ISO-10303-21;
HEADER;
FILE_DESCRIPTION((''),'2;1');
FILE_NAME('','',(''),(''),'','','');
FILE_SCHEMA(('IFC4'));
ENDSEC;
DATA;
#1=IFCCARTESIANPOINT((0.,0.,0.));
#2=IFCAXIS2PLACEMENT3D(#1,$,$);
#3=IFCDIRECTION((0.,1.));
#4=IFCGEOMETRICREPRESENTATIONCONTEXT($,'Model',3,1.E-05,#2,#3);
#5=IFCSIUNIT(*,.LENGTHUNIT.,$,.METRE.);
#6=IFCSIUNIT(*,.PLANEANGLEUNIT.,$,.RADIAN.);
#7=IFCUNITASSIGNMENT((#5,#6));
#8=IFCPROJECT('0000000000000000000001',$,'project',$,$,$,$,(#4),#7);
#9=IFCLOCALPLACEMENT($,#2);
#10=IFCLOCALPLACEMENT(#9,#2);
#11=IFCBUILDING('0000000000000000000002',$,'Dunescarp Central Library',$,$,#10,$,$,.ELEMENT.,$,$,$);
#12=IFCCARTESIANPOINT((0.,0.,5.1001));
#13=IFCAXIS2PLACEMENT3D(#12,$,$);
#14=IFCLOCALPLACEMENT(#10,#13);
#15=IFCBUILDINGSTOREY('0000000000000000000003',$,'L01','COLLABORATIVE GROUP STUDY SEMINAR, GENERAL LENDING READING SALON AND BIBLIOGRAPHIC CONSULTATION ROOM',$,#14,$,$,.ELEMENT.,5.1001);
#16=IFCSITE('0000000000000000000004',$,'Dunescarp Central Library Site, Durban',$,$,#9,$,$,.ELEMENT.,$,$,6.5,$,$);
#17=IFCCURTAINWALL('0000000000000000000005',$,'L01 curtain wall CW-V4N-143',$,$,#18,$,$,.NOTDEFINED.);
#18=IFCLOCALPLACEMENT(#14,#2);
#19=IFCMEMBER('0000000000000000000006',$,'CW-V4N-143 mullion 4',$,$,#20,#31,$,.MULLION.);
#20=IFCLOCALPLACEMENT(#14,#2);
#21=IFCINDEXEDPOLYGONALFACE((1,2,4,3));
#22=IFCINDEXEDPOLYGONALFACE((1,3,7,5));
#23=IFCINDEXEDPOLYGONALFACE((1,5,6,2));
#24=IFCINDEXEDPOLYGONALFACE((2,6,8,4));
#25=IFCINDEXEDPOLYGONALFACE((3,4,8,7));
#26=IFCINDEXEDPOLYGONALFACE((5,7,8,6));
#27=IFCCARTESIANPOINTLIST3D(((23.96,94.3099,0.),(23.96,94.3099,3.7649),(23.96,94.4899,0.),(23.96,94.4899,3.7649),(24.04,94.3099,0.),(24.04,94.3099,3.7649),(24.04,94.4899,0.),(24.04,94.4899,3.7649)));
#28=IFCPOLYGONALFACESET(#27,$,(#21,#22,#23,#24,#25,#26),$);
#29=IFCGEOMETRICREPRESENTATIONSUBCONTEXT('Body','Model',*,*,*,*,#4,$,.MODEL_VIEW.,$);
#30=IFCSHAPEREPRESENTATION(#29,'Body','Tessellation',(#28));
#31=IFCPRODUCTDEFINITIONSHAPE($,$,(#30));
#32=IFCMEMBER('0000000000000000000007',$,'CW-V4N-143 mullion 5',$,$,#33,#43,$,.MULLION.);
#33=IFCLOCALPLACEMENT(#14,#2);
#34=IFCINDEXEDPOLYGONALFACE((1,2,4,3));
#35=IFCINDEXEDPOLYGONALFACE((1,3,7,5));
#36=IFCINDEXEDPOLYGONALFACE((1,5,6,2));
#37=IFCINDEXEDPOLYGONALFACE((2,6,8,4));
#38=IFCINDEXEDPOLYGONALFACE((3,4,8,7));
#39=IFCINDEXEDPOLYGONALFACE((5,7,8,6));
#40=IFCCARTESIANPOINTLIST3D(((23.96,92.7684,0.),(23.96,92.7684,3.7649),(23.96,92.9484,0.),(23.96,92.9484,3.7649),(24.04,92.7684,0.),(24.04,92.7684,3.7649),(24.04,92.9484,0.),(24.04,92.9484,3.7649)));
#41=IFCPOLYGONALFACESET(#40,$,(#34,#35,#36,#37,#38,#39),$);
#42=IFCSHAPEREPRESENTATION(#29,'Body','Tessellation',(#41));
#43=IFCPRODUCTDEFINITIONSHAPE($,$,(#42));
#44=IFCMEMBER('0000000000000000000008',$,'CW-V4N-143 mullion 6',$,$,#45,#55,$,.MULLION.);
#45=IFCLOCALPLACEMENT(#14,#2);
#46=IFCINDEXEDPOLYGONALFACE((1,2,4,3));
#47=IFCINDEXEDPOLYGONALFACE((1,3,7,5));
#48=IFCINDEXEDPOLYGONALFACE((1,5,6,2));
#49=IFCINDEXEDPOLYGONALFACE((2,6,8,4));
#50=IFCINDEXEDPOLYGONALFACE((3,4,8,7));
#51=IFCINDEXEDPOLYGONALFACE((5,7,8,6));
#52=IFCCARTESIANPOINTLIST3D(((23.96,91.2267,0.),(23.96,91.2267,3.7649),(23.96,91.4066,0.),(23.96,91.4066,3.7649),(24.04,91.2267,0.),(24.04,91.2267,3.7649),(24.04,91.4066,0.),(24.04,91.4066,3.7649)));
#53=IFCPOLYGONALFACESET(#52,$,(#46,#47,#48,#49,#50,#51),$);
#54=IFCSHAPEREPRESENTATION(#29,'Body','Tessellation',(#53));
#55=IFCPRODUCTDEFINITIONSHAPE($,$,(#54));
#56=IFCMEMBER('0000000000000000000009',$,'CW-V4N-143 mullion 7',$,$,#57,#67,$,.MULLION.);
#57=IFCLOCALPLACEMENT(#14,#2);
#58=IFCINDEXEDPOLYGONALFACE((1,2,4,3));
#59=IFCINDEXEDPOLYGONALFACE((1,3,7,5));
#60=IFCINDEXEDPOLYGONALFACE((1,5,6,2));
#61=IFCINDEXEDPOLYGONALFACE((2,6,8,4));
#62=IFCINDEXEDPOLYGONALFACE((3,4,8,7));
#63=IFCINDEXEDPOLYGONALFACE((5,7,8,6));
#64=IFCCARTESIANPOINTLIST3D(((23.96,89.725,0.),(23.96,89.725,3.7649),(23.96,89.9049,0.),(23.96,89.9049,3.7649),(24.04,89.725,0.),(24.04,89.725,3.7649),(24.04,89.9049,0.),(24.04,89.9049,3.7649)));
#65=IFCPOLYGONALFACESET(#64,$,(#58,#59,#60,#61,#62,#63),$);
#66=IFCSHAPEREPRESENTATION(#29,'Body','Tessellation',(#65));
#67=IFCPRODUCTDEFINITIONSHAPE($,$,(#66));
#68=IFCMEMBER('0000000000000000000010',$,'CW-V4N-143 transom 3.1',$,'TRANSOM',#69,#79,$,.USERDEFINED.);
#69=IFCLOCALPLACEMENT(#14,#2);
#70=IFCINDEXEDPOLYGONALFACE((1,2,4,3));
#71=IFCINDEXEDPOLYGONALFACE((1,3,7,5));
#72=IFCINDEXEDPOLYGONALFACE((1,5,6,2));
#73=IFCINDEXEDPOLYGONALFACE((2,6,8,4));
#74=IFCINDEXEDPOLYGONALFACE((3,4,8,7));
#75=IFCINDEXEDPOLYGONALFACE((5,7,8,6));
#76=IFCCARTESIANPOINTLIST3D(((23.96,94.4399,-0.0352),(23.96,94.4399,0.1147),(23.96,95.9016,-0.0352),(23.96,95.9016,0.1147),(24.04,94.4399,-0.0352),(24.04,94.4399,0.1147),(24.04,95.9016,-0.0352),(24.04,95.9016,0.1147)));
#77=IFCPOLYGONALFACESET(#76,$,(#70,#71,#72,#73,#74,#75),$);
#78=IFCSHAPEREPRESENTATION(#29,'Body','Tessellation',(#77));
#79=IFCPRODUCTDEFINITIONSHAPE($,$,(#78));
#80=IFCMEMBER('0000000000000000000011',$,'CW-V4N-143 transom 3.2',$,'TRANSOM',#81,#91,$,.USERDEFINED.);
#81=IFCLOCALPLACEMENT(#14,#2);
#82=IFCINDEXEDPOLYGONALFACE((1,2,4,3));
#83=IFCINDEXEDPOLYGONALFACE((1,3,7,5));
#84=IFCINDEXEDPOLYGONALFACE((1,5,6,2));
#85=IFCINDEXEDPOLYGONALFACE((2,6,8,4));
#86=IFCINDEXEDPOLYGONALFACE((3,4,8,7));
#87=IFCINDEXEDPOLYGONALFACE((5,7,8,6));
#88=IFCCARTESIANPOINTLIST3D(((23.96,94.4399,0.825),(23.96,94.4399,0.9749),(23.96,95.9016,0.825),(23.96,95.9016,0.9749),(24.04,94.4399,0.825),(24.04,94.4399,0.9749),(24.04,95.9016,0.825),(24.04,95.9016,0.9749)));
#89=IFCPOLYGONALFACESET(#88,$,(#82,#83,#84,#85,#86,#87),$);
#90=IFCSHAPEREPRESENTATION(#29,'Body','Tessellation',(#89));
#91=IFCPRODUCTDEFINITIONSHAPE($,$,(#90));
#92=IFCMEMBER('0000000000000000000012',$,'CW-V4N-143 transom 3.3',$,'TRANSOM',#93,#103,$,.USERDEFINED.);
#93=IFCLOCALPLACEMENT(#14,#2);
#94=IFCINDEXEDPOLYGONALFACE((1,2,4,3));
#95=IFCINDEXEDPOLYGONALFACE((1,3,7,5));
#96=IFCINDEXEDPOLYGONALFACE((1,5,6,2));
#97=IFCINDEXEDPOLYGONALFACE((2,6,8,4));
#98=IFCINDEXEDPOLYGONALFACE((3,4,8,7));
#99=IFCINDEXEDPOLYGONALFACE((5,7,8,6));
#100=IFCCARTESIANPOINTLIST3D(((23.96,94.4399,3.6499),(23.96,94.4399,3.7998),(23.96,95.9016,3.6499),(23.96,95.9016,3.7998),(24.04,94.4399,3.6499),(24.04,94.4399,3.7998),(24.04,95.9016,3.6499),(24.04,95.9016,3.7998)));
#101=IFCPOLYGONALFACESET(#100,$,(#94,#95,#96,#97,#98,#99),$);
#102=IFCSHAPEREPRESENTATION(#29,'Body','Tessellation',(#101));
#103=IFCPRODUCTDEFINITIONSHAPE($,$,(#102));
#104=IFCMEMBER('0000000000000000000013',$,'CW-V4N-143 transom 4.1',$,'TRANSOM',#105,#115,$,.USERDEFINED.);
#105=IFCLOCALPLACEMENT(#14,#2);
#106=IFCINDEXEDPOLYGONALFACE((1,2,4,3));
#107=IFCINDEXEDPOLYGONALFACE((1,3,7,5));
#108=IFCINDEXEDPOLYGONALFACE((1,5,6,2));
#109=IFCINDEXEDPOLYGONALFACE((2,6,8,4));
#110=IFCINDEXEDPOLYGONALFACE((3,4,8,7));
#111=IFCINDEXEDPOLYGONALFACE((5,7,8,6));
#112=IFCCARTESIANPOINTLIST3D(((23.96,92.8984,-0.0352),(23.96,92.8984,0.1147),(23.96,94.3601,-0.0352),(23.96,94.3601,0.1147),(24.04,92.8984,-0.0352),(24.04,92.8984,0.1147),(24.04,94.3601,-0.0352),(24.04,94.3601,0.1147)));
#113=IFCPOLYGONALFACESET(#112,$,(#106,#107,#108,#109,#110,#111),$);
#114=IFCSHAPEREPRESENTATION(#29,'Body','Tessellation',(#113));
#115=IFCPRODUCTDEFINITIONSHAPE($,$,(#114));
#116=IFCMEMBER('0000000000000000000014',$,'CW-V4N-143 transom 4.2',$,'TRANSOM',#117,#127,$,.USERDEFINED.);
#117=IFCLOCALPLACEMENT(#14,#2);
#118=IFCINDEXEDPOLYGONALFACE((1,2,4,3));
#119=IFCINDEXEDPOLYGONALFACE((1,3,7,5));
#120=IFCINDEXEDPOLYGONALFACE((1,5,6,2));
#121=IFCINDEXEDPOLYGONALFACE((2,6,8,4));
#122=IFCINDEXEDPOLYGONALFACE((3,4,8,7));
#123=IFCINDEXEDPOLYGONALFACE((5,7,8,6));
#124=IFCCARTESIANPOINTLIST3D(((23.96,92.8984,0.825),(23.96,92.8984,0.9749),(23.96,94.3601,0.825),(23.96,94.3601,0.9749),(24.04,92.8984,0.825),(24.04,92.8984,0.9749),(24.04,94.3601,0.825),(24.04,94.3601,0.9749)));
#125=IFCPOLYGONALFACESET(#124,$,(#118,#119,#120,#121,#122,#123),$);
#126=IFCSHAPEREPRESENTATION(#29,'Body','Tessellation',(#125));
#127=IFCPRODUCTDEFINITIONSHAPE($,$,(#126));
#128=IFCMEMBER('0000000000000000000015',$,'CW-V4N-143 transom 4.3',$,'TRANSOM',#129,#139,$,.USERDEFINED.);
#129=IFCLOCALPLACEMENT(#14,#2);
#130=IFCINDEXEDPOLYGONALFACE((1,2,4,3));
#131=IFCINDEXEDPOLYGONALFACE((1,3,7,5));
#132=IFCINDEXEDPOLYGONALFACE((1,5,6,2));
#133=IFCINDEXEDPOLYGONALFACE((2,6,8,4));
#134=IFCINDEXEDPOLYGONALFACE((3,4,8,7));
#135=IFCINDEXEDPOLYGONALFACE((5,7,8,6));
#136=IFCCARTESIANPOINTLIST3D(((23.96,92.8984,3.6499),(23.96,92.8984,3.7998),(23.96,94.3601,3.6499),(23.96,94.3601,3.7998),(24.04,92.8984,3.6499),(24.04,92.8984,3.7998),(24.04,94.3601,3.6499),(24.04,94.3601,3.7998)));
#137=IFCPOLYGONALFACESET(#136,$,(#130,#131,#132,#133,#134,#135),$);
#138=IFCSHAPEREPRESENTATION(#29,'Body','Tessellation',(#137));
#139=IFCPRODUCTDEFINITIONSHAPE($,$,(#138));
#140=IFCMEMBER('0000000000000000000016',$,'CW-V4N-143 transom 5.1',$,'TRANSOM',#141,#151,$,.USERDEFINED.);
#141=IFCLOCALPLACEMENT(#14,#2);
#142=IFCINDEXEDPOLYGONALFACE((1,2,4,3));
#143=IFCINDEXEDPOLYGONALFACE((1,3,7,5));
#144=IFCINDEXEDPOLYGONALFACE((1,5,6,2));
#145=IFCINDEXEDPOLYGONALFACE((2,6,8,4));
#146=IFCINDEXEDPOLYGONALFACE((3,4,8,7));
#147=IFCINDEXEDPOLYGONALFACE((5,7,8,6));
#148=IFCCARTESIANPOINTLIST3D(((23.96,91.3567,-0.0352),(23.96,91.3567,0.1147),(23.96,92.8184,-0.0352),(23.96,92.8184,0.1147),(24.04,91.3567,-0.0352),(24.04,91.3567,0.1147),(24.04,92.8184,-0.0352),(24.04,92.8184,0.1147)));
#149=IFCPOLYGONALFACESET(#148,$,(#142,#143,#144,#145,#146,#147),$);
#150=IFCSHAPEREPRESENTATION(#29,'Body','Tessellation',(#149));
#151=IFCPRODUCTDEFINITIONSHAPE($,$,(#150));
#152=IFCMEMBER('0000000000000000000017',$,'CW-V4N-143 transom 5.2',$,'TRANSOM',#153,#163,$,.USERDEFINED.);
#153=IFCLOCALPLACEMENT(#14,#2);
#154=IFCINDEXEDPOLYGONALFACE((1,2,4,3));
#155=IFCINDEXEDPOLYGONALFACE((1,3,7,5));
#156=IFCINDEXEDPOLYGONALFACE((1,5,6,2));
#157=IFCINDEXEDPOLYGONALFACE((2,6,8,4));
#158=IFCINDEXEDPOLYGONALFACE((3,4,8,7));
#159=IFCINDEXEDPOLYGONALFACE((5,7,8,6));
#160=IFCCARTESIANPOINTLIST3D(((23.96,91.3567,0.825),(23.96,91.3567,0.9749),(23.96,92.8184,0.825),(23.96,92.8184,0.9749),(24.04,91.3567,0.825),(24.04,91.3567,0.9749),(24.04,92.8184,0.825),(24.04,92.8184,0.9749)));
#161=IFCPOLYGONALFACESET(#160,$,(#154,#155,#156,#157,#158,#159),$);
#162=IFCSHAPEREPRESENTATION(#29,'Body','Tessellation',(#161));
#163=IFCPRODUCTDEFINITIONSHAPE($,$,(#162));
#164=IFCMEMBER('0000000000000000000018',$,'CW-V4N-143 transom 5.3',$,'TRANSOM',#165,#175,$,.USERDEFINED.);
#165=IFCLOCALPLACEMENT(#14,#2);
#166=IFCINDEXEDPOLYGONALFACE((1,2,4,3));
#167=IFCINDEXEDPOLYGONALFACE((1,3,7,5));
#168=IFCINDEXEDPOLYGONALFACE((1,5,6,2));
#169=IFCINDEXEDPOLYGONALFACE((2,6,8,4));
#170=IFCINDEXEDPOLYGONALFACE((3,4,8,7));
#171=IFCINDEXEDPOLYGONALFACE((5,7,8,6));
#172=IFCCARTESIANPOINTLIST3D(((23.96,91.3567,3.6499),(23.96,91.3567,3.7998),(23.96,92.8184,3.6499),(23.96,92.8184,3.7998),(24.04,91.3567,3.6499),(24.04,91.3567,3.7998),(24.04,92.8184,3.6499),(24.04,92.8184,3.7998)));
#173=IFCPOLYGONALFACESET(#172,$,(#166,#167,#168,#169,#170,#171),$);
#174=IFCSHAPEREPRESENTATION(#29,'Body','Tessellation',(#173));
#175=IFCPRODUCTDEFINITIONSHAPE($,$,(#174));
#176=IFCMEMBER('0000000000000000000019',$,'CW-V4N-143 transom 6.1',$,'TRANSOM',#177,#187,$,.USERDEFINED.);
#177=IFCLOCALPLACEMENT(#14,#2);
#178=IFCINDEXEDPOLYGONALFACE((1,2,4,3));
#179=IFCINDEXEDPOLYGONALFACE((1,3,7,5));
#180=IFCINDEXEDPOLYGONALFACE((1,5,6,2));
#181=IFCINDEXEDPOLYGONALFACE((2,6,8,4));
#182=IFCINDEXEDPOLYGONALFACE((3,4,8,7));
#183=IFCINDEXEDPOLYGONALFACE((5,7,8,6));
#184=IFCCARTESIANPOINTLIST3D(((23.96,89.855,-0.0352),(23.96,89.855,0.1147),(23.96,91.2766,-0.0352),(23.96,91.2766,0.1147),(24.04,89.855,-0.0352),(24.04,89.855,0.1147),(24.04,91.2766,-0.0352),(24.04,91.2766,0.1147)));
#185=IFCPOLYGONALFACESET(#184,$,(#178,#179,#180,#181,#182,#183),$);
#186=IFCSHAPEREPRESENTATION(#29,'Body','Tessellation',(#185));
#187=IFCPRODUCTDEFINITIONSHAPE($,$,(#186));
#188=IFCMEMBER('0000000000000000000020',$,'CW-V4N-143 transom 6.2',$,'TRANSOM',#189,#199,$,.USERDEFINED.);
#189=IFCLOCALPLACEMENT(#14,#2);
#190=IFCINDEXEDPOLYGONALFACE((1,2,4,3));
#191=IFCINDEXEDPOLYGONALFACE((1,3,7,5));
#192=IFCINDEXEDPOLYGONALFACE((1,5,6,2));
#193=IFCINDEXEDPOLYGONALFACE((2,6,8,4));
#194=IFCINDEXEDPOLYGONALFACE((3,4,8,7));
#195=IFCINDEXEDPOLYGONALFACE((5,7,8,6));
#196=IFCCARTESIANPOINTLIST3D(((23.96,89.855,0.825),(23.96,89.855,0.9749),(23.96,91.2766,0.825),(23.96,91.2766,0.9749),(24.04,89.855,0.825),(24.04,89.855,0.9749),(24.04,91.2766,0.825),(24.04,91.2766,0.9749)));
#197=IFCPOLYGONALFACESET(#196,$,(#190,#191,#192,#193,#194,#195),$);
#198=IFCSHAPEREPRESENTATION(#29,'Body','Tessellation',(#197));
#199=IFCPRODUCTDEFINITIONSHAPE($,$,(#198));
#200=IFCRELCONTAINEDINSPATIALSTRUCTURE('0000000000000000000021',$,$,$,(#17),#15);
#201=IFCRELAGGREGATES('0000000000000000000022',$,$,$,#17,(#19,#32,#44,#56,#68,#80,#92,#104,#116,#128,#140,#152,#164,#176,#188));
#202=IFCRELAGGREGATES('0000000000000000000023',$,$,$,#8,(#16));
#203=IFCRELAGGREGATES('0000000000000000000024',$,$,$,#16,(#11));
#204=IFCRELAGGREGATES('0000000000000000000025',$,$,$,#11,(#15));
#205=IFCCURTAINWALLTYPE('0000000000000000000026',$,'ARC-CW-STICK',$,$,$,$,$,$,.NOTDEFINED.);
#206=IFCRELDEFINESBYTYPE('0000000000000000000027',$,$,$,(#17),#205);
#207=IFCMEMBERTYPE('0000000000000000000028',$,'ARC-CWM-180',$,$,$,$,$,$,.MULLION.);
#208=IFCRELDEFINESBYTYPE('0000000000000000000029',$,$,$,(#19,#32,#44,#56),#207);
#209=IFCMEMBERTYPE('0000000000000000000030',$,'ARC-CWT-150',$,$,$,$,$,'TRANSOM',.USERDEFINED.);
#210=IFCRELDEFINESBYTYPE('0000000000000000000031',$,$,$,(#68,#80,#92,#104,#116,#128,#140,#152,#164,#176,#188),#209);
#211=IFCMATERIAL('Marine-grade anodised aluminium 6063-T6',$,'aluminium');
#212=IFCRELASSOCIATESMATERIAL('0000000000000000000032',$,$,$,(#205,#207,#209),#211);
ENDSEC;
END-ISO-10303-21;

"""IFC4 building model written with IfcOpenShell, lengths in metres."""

from ifc_helpers import new_model, si_unit, direction, frame, origin, origin_2d, place, context, subcontext, project, spatial, rectangle, extrude, material, material_profile, profile_set, type_object, element, aggregate, save


model = new_model("IFC4")

# Units and contexts
model_context = context("Model", 3, precision=1e-05, world=origin(), true_north=direction((0.0, 1.0)))
body_context = subcontext(model_context, "Body", "Model", "MODEL_VIEW")
ifc_project = project(units=[si_unit("LENGTHUNIT", "METRE"), si_unit("PLANEANGLEUNIT", "RADIAN")], contexts=[model_context])

# Site, building, storey
site_placement = place(None, origin())
site = spatial("IfcSite", under=ifc_project, at=site_placement, Name="Dunescarp Central Library Site, Durban", CompositionType="ELEMENT", RefElevation=6.5)
building_placement = place(site_placement, origin())
building = spatial("IfcBuilding", under=site, at=building_placement, Name="Dunescarp Central Library", CompositionType="ELEMENT")
storey_placement = place(building_placement, frame((0.0, 0.0, 5.1001)))
storey = spatial("IfcBuildingStorey", under=building, at=storey_placement, Name="L01", Description="COLLABORATIVE GROUP STUDY SEMINAR, GENERAL LENDING READING SALON AND BIBLIOGRAPHIC CONSULTATION ROOM", CompositionType="ELEMENT", Elevation=5.1001)

# Curtain wall, members
ifc_material_1 = material(Name="Marine-grade anodised aluminium 6063-T6", Category="aluminium")
curtain_wall_type = type_object("IfcCurtainWallType", Name="ARC-CW-STICK", PredefinedType="NOTDEFINED", material=ifc_material_1)
curtain_wall_placement = place(storey_placement, origin())
curtain_wall = element("IfcCurtainWall", 1, at=curtain_wall_placement, inside=storey, type_object=curtain_wall_type, Name="L01 curtain wall CW-V4N-143", PredefinedType="NOTDEFINED")
ifc_material_profile_1 = material_profile(ifc_material_1, rectangle(XDim=0.0801, YDim=0.1799, at=origin_2d()), Name="AL 80x180")
ifc_profile_set_1 = profile_set([ifc_material_profile_1], Name="Marine-grade anodised aluminium 6063-T6")
member_type_1 = type_object("IfcMemberType", Name="ARC-CWM-180", PredefinedType="MULLION", material=ifc_profile_set_1)
member_1_placement = place(storey_placement, frame((24.0, 94.3999, 0.0), z_axis=(0.0, 0.0, 1.0), x_axis=(1.0, 0.0, 0.0)))
member_1 = element("IfcMember", 2, at=member_1_placement, type_object=member_type_1, Name="CW-V4N-143 mullion 4", PredefinedType="MULLION", context=body_context, shape_type="SweptSolid", body=[
    extrude(rectangle(XDim=0.0801, YDim=0.1799, at=origin_2d()), origin(), (0.0, 0.0, 1.0), 3.7649),
])
member_2_placement = place(storey_placement, frame((24.0, 92.8584, 0.0), z_axis=(0.0, 0.0, 1.0), x_axis=(1.0, 0.0, 0.0)))
member_2 = element("IfcMember", 3, at=member_2_placement, type_object=member_type_1, Name="CW-V4N-143 mullion 5", PredefinedType="MULLION", context=body_context, shape_type="SweptSolid", body=[
    extrude(rectangle(XDim=0.0801, YDim=0.1799, at=origin_2d()), origin(), (0.0, 0.0, 1.0), 3.7649),
])
member_3_placement = place(storey_placement, frame((24.0, 91.3167, 0.0), z_axis=(0.0, 0.0, 1.0), x_axis=(1.0, 0.0, 0.0)))
member_3 = element("IfcMember", 4, at=member_3_placement, type_object=member_type_1, Name="CW-V4N-143 mullion 6", PredefinedType="MULLION", context=body_context, shape_type="SweptSolid", body=[
    extrude(rectangle(XDim=0.0801, YDim=0.1799, at=origin_2d()), origin(), (0.0, 0.0, 1.0), 3.7649),
])
member_4_placement = place(storey_placement, frame((24.0, 89.8149, 0.0), z_axis=(0.0, 0.0, 1.0), x_axis=(1.0, 0.0, 0.0)))
member_4 = element("IfcMember", 5, at=member_4_placement, type_object=member_type_1, Name="CW-V4N-143 mullion 7", PredefinedType="MULLION", context=body_context, shape_type="SweptSolid", body=[
    extrude(rectangle(XDim=0.0801, YDim=0.1799, at=origin_2d()), origin(), (0.0, 0.0, 1.0), 3.7649),
])
ifc_material_profile_2 = material_profile(ifc_material_1, rectangle(XDim=0.0801, YDim=0.1499, at=origin_2d()), Name="AL 80x150")
ifc_profile_set_2 = profile_set([ifc_material_profile_2], Name="Marine-grade anodised aluminium 6063-T6")
member_type_2 = type_object("IfcMemberType", Name="ARC-CWT-150", ElementType="TRANSOM", PredefinedType="USERDEFINED", material=ifc_profile_set_2)
member_5_placement = place(storey_placement, frame((24.0, 95.9016, 0.0398), z_axis=(0.0, -1.0, 0.0), x_axis=(1.0, 0.0, 0.0)))
member_5 = element("IfcMember", 6, at=member_5_placement, type_object=member_type_2, Name="CW-V4N-143 transom 3.1", ObjectType="TRANSOM", PredefinedType="USERDEFINED", context=body_context, shape_type="SweptSolid", body=[
    extrude(rectangle(XDim=0.0801, YDim=0.1499, at=origin_2d()), origin(), (0.0, 0.0, 1.0), 1.4617),
])
member_6_placement = place(storey_placement, frame((24.0, 95.9016, 0.8999), z_axis=(0.0, -1.0, 0.0), x_axis=(1.0, 0.0, 0.0)))
member_6 = element("IfcMember", 7, at=member_6_placement, type_object=member_type_2, Name="CW-V4N-143 transom 3.2", ObjectType="TRANSOM", PredefinedType="USERDEFINED", context=body_context, shape_type="SweptSolid", body=[
    extrude(rectangle(XDim=0.0801, YDim=0.1499, at=origin_2d()), origin(), (0.0, 0.0, 1.0), 1.4617),
])
member_7_placement = place(storey_placement, frame((24.0, 95.9016, 3.7249), z_axis=(0.0, -1.0, 0.0), x_axis=(1.0, 0.0, 0.0)))
member_7 = element("IfcMember", 8, at=member_7_placement, type_object=member_type_2, Name="CW-V4N-143 transom 3.3", ObjectType="TRANSOM", PredefinedType="USERDEFINED", context=body_context, shape_type="SweptSolid", body=[
    extrude(rectangle(XDim=0.0801, YDim=0.1499, at=origin_2d()), origin(), (0.0, 0.0, 1.0), 1.4617),
])
member_8_placement = place(storey_placement, frame((24.0, 94.3601, 0.0398), z_axis=(0.0, -1.0, 0.0), x_axis=(1.0, 0.0, 0.0)))
member_8 = element("IfcMember", 9, at=member_8_placement, type_object=member_type_2, Name="CW-V4N-143 transom 4.1", ObjectType="TRANSOM", PredefinedType="USERDEFINED", context=body_context, shape_type="SweptSolid", body=[
    extrude(rectangle(XDim=0.0801, YDim=0.1499, at=origin_2d()), origin(), (0.0, 0.0, 1.0), 1.4617),
])
member_9_placement = place(storey_placement, frame((24.0, 94.3601, 0.8999), z_axis=(0.0, -1.0, 0.0), x_axis=(1.0, 0.0, 0.0)))
member_9 = element("IfcMember", 10, at=member_9_placement, type_object=member_type_2, Name="CW-V4N-143 transom 4.2", ObjectType="TRANSOM", PredefinedType="USERDEFINED", context=body_context, shape_type="SweptSolid", body=[
    extrude(rectangle(XDim=0.0801, YDim=0.1499, at=origin_2d()), origin(), (0.0, 0.0, 1.0), 1.4617),
])
member_10_placement = place(storey_placement, frame((24.0, 94.3601, 3.7249), z_axis=(0.0, -1.0, 0.0), x_axis=(1.0, 0.0, 0.0)))
member_10 = element("IfcMember", 11, at=member_10_placement, type_object=member_type_2, Name="CW-V4N-143 transom 4.3", ObjectType="TRANSOM", PredefinedType="USERDEFINED", context=body_context, shape_type="SweptSolid", body=[
    extrude(rectangle(XDim=0.0801, YDim=0.1499, at=origin_2d()), origin(), (0.0, 0.0, 1.0), 1.4617),
])
member_11_placement = place(storey_placement, frame((24.0, 92.8184, 0.0398), z_axis=(0.0, -1.0, 0.0), x_axis=(1.0, 0.0, 0.0)))
member_11 = element("IfcMember", 12, at=member_11_placement, type_object=member_type_2, Name="CW-V4N-143 transom 5.1", ObjectType="TRANSOM", PredefinedType="USERDEFINED", context=body_context, shape_type="SweptSolid", body=[
    extrude(rectangle(XDim=0.0801, YDim=0.1499, at=origin_2d()), origin(), (0.0, 0.0, 1.0), 1.4617),
])
member_12_placement = place(storey_placement, frame((24.0, 92.8184, 0.8999), z_axis=(0.0, -1.0, 0.0), x_axis=(1.0, 0.0, 0.0)))
member_12 = element("IfcMember", 13, at=member_12_placement, type_object=member_type_2, Name="CW-V4N-143 transom 5.2", ObjectType="TRANSOM", PredefinedType="USERDEFINED", context=body_context, shape_type="SweptSolid", body=[
    extrude(rectangle(XDim=0.0801, YDim=0.1499, at=origin_2d()), origin(), (0.0, 0.0, 1.0), 1.4617),
])
member_13_placement = place(storey_placement, frame((24.0, 92.8184, 3.7249), z_axis=(0.0, -1.0, 0.0), x_axis=(1.0, 0.0, 0.0)))
member_13 = element("IfcMember", 14, at=member_13_placement, type_object=member_type_2, Name="CW-V4N-143 transom 5.3", ObjectType="TRANSOM", PredefinedType="USERDEFINED", context=body_context, shape_type="SweptSolid", body=[
    extrude(rectangle(XDim=0.0801, YDim=0.1499, at=origin_2d()), origin(), (0.0, 0.0, 1.0), 1.4617),
])
member_14_placement = place(storey_placement, frame((24.0, 91.2766, 0.0398), z_axis=(0.0, -1.0, 0.0), x_axis=(1.0, 0.0, 0.0)))
member_14 = element("IfcMember", 15, at=member_14_placement, type_object=member_type_2, Name="CW-V4N-143 transom 6.1", ObjectType="TRANSOM", PredefinedType="USERDEFINED", context=body_context, shape_type="SweptSolid", body=[
    extrude(rectangle(XDim=0.0801, YDim=0.1499, at=origin_2d()), origin(), (0.0, 0.0, 1.0), 1.4216),
])
member_15_placement = place(storey_placement, frame((24.0, 91.2766, 0.8999), z_axis=(0.0, -1.0, 0.0), x_axis=(1.0, 0.0, 0.0)))
member_15 = element("IfcMember", 16, at=member_15_placement, type_object=member_type_2, Name="CW-V4N-143 transom 6.2", ObjectType="TRANSOM", PredefinedType="USERDEFINED", context=body_context, shape_type="SweptSolid", body=[
    extrude(rectangle(XDim=0.0801, YDim=0.1499, at=origin_2d()), origin(), (0.0, 0.0, 1.0), 1.4216),
])

aggregate(curtain_wall, [member_1, member_2, member_3, member_4, member_5, member_6, member_7, member_8, member_9, member_10, member_11, member_12, member_13, member_14, member_15])

save(model, "model.ifc")
